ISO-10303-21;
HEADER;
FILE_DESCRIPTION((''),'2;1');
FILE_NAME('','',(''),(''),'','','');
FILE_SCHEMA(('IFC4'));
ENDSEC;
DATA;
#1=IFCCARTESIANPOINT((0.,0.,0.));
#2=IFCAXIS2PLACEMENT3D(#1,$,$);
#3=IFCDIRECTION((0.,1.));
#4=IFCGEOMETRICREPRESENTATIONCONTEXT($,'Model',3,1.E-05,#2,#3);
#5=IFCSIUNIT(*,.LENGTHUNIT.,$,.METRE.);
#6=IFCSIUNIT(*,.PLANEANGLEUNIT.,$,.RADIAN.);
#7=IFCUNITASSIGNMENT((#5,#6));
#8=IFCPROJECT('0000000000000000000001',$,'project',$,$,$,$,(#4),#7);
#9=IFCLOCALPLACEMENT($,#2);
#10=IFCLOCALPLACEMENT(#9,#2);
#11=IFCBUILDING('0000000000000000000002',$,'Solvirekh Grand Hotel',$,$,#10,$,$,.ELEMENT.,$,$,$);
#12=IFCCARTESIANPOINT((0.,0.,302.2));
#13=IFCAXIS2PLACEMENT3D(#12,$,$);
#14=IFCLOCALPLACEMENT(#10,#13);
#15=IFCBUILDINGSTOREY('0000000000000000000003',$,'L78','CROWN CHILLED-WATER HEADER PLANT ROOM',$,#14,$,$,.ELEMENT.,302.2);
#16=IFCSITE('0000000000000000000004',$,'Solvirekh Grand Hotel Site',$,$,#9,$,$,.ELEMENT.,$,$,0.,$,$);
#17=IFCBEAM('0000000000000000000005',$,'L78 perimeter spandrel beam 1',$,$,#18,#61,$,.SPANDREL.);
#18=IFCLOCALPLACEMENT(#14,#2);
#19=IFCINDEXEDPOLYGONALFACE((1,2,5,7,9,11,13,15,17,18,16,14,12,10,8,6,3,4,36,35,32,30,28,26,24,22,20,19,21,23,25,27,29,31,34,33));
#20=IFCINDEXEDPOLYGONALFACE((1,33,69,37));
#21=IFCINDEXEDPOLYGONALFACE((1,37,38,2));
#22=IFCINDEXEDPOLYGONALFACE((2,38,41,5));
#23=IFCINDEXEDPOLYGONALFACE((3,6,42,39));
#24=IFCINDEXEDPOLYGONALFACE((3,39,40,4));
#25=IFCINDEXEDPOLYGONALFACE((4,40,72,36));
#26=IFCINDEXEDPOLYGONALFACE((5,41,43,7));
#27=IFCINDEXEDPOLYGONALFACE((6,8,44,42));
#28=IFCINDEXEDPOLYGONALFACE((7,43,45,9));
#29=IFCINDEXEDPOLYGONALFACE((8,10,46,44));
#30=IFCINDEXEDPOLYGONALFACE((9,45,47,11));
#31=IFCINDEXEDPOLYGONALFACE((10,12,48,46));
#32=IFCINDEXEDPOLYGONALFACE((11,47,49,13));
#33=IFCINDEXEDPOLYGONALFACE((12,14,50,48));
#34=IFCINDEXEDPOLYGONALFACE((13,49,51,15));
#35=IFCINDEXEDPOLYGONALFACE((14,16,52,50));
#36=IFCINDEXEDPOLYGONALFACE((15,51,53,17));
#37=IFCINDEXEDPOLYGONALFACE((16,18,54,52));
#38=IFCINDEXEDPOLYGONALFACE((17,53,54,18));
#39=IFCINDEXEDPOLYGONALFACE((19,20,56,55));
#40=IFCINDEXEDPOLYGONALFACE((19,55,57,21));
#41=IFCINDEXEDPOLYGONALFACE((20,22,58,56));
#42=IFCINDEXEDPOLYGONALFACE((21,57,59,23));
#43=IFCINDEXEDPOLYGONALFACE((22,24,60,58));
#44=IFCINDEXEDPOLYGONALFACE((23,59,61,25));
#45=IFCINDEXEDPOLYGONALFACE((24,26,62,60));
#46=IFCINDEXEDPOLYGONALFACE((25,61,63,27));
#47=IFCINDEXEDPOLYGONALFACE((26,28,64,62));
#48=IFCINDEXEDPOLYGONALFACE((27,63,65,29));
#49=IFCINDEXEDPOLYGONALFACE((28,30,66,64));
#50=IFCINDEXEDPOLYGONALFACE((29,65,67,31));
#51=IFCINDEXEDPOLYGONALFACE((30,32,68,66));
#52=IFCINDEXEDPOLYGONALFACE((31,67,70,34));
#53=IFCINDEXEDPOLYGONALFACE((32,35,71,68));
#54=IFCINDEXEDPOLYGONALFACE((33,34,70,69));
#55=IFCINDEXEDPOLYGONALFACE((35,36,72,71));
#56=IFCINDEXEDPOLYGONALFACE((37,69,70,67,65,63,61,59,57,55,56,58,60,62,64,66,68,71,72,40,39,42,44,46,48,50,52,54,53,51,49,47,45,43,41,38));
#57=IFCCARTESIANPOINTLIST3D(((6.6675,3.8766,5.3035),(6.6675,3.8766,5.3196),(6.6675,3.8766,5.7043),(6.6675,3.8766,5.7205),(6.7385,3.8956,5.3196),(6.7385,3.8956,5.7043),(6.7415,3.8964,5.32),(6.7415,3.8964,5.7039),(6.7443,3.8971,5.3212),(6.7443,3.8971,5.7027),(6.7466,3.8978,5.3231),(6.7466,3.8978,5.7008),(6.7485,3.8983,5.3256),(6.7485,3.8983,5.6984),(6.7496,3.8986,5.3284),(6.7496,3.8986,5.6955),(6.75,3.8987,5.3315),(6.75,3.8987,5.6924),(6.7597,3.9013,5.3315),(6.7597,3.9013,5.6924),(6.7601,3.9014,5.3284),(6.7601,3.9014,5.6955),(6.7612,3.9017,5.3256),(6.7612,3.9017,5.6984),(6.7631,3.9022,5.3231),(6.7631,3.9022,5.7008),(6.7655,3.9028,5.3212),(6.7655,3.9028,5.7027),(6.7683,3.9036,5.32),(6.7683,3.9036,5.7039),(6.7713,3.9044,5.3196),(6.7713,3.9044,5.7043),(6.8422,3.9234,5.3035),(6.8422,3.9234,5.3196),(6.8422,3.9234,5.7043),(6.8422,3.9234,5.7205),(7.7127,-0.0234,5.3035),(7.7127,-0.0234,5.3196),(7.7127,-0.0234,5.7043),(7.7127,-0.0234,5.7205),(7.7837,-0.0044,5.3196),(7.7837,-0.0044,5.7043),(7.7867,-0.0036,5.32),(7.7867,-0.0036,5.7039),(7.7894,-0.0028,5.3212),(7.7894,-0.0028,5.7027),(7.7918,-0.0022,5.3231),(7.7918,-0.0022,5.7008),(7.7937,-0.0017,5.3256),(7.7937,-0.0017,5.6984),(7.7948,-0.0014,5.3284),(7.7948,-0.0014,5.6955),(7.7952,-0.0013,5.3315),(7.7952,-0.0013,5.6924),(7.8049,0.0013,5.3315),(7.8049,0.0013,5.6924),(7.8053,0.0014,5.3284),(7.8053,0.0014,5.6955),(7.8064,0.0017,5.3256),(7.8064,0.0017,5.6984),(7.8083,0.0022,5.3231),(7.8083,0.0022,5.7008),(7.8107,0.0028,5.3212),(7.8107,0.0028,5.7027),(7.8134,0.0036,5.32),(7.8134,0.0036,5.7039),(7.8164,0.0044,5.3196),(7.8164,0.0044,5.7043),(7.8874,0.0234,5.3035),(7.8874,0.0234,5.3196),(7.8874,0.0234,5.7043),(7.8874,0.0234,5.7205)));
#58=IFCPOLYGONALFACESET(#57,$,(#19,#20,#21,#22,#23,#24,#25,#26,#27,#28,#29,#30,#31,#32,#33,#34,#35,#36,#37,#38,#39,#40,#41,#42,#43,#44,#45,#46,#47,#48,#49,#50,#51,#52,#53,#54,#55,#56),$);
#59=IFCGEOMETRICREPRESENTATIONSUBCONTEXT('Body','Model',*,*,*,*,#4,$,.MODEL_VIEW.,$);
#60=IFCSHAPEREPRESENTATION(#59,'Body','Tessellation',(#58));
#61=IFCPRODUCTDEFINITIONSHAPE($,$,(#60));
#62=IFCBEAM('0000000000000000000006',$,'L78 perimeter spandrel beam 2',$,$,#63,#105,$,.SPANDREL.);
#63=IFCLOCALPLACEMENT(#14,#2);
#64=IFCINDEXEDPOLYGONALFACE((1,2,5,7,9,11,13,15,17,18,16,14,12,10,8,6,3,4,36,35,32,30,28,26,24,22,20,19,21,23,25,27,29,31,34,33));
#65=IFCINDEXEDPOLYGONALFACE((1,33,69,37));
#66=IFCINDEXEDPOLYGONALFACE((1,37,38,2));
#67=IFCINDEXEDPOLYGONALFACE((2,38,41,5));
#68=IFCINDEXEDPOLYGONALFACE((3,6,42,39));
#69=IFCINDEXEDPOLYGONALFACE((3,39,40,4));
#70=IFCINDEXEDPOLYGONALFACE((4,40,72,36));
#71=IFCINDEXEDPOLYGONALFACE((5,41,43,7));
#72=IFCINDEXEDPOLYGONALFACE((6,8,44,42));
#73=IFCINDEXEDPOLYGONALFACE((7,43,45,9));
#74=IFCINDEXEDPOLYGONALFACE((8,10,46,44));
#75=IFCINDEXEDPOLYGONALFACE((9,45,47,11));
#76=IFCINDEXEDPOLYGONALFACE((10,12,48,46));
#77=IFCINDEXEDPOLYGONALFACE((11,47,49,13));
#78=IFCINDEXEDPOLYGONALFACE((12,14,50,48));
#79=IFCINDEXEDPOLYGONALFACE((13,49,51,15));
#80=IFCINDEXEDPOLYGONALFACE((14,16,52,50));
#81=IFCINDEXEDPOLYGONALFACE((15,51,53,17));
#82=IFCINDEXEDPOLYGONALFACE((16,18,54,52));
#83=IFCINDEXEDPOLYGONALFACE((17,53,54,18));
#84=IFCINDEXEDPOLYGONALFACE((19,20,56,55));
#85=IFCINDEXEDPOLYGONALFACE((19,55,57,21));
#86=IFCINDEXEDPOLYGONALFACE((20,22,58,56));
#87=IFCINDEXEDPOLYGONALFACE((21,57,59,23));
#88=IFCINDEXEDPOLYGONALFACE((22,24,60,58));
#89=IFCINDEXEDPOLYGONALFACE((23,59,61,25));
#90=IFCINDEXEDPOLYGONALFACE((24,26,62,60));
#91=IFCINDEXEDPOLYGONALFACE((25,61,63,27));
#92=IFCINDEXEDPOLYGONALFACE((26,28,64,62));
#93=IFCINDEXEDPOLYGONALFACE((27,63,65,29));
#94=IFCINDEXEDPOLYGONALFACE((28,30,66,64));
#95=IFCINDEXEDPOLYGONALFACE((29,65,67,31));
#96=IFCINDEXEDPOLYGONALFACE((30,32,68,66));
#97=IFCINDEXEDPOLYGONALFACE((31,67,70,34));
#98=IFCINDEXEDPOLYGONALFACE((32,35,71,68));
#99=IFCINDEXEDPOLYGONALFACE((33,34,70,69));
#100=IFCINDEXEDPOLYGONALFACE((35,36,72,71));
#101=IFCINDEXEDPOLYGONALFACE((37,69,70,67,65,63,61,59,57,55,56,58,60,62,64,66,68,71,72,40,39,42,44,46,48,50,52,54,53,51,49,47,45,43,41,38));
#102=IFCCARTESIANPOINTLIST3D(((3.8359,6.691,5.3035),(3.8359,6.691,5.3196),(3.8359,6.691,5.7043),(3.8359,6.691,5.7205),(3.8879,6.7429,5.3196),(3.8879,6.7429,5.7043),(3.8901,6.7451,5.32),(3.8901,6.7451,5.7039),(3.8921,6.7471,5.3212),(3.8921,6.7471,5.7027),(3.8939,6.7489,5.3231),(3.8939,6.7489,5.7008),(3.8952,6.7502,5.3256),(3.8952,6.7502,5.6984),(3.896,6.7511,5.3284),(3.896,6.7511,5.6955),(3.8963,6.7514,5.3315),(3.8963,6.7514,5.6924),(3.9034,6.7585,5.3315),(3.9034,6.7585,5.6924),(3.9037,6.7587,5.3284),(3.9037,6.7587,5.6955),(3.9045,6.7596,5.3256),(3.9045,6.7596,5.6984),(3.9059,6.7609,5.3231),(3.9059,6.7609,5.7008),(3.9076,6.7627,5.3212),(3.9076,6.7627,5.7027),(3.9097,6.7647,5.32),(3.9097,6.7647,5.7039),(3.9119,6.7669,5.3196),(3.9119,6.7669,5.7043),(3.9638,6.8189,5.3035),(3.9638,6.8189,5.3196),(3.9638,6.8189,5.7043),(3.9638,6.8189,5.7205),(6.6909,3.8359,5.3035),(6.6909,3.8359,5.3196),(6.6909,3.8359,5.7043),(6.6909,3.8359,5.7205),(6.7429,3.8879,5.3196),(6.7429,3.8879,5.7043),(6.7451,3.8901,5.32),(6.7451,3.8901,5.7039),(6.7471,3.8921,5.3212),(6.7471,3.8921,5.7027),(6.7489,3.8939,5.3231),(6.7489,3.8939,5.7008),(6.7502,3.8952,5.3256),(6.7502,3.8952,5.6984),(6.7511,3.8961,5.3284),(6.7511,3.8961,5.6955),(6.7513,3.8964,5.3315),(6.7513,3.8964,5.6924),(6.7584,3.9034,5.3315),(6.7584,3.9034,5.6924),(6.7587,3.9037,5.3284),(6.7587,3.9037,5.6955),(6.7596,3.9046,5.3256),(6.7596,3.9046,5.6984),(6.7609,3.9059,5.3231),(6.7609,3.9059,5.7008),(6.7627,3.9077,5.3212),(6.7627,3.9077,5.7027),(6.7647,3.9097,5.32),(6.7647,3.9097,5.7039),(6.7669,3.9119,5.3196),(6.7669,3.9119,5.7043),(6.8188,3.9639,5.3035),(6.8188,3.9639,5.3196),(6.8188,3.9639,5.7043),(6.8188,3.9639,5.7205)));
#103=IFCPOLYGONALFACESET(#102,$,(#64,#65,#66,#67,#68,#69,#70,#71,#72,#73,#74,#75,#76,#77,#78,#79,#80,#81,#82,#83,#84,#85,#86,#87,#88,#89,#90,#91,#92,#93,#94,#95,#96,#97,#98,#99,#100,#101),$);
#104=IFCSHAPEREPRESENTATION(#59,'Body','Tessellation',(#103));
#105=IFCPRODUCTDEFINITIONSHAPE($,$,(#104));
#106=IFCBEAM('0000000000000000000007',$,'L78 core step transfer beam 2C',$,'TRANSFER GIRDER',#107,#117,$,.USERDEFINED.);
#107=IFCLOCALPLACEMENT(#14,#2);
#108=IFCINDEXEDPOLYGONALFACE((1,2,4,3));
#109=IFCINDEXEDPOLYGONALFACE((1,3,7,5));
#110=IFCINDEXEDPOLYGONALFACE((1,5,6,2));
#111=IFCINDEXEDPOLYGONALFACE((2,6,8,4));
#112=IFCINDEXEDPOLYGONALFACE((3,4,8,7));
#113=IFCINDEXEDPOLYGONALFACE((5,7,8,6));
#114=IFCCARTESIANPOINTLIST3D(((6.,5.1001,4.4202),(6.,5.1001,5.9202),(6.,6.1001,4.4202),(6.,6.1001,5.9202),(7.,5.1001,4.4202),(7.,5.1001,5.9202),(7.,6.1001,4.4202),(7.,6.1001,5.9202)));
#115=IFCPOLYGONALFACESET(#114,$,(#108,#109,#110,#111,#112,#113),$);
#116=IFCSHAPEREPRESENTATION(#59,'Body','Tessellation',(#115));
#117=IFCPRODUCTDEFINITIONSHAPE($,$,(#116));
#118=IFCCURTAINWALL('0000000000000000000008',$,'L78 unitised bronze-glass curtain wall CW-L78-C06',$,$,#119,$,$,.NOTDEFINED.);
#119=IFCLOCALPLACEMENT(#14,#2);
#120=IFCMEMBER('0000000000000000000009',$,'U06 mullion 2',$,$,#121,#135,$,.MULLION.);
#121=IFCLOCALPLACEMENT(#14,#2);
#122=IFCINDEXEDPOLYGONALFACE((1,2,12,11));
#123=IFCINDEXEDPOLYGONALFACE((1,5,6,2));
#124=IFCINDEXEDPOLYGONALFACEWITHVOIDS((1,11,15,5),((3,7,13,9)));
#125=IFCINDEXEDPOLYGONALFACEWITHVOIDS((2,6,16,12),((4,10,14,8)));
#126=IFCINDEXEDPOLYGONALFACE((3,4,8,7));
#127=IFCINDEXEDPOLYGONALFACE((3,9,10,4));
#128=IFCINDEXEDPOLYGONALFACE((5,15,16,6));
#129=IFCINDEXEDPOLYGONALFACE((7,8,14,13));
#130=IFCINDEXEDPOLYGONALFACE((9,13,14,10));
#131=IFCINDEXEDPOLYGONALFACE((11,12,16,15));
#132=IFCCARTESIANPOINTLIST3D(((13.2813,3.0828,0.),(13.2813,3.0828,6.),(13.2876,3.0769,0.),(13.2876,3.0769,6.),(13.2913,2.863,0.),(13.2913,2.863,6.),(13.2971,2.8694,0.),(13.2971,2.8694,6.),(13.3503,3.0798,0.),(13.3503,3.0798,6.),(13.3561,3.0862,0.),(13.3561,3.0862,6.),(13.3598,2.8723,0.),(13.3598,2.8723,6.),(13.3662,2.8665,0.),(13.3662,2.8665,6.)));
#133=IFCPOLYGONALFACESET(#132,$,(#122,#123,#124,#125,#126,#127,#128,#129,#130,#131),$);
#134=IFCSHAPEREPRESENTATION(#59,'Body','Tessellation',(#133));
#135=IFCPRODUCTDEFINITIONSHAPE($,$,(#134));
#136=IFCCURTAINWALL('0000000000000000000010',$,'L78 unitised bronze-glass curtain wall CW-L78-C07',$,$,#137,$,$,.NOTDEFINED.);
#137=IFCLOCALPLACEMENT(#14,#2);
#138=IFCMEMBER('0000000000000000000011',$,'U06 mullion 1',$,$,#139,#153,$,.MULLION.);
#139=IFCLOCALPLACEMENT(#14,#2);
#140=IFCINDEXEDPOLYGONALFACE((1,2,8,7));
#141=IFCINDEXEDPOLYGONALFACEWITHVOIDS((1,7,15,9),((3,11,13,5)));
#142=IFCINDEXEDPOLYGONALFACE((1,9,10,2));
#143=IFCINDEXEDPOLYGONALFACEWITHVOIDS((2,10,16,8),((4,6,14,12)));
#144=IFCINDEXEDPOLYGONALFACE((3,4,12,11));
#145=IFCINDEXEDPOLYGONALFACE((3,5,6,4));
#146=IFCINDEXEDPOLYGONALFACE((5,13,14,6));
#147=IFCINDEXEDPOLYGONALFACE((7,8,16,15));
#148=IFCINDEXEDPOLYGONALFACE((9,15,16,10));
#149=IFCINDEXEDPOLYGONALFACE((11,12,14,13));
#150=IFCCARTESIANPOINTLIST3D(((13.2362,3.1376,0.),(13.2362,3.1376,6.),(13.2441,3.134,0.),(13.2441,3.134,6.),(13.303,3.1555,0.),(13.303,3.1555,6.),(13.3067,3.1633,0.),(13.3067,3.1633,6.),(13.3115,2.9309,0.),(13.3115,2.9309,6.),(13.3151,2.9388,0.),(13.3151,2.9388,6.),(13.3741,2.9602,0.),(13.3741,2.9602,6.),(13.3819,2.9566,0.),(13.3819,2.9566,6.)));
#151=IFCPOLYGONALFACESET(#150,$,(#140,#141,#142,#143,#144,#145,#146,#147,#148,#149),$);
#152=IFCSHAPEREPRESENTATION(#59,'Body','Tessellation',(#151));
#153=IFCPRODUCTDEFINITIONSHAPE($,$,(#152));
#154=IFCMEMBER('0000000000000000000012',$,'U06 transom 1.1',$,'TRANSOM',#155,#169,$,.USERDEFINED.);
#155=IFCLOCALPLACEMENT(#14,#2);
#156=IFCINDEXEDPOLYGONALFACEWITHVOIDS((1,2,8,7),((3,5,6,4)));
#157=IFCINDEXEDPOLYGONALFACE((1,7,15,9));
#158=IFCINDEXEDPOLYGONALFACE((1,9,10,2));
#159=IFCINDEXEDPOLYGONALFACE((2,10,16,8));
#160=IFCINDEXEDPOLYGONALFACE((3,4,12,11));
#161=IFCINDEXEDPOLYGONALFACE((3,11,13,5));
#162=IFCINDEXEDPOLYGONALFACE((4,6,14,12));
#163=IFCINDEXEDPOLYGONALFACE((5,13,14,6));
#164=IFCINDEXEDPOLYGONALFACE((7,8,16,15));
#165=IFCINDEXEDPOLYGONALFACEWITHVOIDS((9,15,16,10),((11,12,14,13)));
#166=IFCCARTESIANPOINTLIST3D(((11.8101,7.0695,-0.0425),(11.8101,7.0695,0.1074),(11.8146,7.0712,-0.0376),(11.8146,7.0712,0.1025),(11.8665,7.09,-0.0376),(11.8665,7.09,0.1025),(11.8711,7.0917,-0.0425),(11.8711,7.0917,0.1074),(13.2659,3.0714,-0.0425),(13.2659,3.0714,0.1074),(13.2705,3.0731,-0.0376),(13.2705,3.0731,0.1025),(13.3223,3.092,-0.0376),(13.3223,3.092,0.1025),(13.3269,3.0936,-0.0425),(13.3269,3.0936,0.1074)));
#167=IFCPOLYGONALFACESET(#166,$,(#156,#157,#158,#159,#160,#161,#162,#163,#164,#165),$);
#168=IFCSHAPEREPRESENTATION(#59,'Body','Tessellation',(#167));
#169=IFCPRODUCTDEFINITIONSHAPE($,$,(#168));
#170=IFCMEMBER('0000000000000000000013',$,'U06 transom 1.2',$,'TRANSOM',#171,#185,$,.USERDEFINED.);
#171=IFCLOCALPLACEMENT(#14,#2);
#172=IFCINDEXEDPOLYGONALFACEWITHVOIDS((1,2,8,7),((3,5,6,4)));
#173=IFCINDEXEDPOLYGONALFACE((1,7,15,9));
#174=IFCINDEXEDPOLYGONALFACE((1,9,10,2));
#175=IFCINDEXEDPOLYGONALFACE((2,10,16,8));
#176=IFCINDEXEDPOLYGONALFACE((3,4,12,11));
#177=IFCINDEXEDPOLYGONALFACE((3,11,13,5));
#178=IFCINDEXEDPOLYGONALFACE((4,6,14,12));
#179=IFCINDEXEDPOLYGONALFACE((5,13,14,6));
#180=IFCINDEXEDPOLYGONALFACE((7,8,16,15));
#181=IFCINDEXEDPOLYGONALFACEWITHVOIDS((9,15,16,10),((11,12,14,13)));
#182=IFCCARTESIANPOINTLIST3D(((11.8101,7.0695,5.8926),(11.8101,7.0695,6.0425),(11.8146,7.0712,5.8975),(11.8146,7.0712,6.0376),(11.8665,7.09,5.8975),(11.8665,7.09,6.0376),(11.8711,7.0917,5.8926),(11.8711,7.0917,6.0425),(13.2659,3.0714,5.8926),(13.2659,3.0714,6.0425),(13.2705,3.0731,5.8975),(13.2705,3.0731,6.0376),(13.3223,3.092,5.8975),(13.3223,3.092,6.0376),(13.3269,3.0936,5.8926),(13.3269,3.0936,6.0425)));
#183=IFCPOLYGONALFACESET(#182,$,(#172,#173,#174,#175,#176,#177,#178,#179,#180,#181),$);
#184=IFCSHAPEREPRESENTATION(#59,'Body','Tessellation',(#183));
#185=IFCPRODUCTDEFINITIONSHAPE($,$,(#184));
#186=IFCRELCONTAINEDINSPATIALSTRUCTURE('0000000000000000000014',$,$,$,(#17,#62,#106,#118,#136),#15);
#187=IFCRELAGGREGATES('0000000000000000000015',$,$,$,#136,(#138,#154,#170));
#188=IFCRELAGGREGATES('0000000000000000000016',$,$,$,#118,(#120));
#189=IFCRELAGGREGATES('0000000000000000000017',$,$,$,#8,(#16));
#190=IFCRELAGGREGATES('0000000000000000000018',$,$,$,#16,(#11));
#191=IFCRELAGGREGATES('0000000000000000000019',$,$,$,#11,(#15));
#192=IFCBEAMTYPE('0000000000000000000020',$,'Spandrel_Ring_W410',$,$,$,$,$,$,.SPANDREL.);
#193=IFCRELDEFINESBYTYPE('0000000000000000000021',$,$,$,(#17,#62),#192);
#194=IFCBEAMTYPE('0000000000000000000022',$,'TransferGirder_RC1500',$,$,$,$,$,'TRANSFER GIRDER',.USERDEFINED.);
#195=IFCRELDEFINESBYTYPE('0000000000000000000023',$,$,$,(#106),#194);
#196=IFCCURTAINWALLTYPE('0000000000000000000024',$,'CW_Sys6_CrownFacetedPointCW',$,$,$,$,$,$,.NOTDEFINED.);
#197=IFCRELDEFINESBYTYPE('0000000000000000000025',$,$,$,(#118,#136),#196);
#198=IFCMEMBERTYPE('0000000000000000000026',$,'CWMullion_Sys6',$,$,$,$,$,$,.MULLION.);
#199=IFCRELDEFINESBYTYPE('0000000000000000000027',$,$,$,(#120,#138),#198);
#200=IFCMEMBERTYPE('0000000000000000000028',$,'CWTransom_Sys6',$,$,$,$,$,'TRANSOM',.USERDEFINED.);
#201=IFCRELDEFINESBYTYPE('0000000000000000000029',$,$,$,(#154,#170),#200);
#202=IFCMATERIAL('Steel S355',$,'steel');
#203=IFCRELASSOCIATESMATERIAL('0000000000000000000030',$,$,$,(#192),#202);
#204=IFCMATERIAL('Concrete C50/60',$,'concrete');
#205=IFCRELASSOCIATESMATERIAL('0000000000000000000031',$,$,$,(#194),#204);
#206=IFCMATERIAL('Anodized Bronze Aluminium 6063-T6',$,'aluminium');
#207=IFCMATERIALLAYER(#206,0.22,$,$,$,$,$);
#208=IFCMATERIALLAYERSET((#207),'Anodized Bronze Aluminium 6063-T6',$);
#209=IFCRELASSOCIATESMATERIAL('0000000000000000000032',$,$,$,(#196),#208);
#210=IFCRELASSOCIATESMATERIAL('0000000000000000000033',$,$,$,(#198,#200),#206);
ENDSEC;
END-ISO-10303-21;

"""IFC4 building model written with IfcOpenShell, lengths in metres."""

from ifc_helpers import new_model, si_unit, direction, frame, origin, origin_2d, place, context, subcontext, project, spatial, rectangle, hollow_rectangle, i_section, extrude, source, transform, mapped, material, layer, layer_set, material_profile, profile_set, type_object, element, aggregate, save


model = new_model("IFC4")

# Units and contexts
model_context = context("Model", 3, precision=1e-05, world=origin(), true_north=direction((0.0, 1.0)))
body_context = subcontext(model_context, "Body", "Model", "MODEL_VIEW")
ifc_project = project(units=[si_unit("LENGTHUNIT", "METRE"), si_unit("PLANEANGLEUNIT", "RADIAN")], contexts=[model_context])

# Site, building, storey
site_placement = place(None, origin())
site = spatial("IfcSite", under=ifc_project, at=site_placement, Name="Solvirekh Grand Hotel Site", CompositionType="ELEMENT", RefElevation=0.0)
building_placement = place(site_placement, origin())
building = spatial("IfcBuilding", under=site, at=building_placement, Name="Solvirekh Grand Hotel", CompositionType="ELEMENT")
storey_placement = place(building_placement, frame((0.0, 0.0, 302.2)))
storey = spatial("IfcBuildingStorey", under=building, at=storey_placement, Name="L78", Description="CROWN CHILLED-WATER HEADER PLANT ROOM", CompositionType="ELEMENT", Elevation=302.2)

# Beams
ifc_material_1 = material(Name="Steel S355", Category="steel")
ifc_material_profile_1 = material_profile(ifc_material_1, i_section(OverallWidth=0.1809, OverallDepth=0.417, WebThickness=0.01, FlangeThickness=0.0161, FilletRadius=0.012, at=origin_2d()), Name="W410X85")
ifc_profile_set_1 = profile_set([ifc_material_profile_1], Name="Steel S355")
beam_type_1 = type_object("IfcBeamType", Name="Spandrel_Ring_W410", PredefinedType="SPANDREL", material=ifc_profile_set_1)
for number, where, z_axis, x_axis, name in (
    (1, (7.8, 0.0, 5.512), (-0.258863, 0.965914, 0.0), (-0.965914, -0.258863, 0.0), "L78 perimeter spandrel beam 1"),
    (2, (6.7549, 3.8999, 5.512), (-0.707107, 0.707107, 0.0), (-0.707107, -0.707107, 0.0), "L78 perimeter spandrel beam 2"),
):
    element("IfcBeam", number, at=place(storey_placement, frame(where, z_axis=z_axis, x_axis=x_axis)), inside=storey, type_object=beam_type_1, Name=name, PredefinedType="SPANDREL", context=body_context, shape_type="SweptSolid", body=[
        extrude(i_section(OverallWidth=0.1809, OverallDepth=0.417, WebThickness=0.01, FlangeThickness=0.0161, FilletRadius=0.012, at=origin_2d()), origin(), (0.0, 0.0, 1.0), 4.0376),
    ])
ifc_material_2 = material(Name="Concrete C50/60", Category="concrete")
ifc_material_profile_2 = material_profile(ifc_material_2, rectangle(XDim=1.0, YDim=1.5, at=origin_2d()), Name="RC GIRDER 1000X1500")
ifc_profile_set_2 = profile_set([ifc_material_profile_2], Name="Concrete C50/60")
beam_type_2 = type_object("IfcBeamType", Name="TransferGirder_RC1500", ElementType="TRANSFER GIRDER", PredefinedType="USERDEFINED", material=ifc_profile_set_2)
beam_1_placement = place(storey_placement, frame((6.5, 5.1001, 5.1702), z_axis=(0.0, 1.0, 0.0), x_axis=(-1.0, 0.0, 0.0)))
element("IfcBeam", 3, at=beam_1_placement, inside=storey, type_object=beam_type_2, Name="L78 core step transfer beam 2C", ObjectType="TRANSFER GIRDER", PredefinedType="USERDEFINED", context=body_context, shape_type="SweptSolid", body=[
    extrude(rectangle(XDim=1.0, YDim=1.5, at=origin_2d()), origin(), (0.0, 0.0, 1.0), 1.0),
])

# Curtain wall, member
ifc_material_3 = material(Name="Anodized Bronze Aluminium 6063-T6", Category="aluminium")
ifc_layer_1 = layer(ifc_material_3, 0.22)
ifc_layer_set_1 = layer_set([ifc_layer_1], Name="Anodized Bronze Aluminium 6063-T6")
curtain_wall_type = type_object("IfcCurtainWallType", Name="CW_Sys6_CrownFacetedPointCW", PredefinedType="NOTDEFINED", material=ifc_layer_set_1)
curtain_wall_1_placement = place(storey_placement, origin())
curtain_wall_1 = element("IfcCurtainWall", 4, at=curtain_wall_1_placement, inside=storey, type_object=curtain_wall_type, Name="L78 unitised bronze-glass curtain wall CW-L78-C06", PredefinedType="NOTDEFINED")
ifc_material_profile_3 = material_profile(ifc_material_3, hollow_rectangle(XDim=0.075, YDim=0.22, WallThickness=0.0061, at=origin_2d()), Name="ALU RHS 220X75X6")
ifc_profile_set_3 = profile_set([ifc_material_profile_3], Name="Anodized Bronze Aluminium 6063-T6")
member_type_1 = type_object("IfcMemberType", Name="CWMullion_Sys6", PredefinedType="MULLION", material=ifc_profile_set_3)
shared_shape_1 = source(origin(), body_context, "Body", "SweptSolid", [
    extrude(hollow_rectangle(XDim=0.075, YDim=0.22, WallThickness=0.0061, at=origin_2d()), origin(), (0.0, 0.0, 1.0), 6.0),
])
member_1_placement = place(storey_placement, frame((13.3237, 2.9746, 0.0), z_axis=(0.0, 0.0, 1.0), x_axis=(-0.998954, -0.045735, 0.0)))
member_1 = element("IfcMember", 5, at=member_1_placement, type_object=member_type_1, Name="U06 mullion 2", PredefinedType="MULLION", context=body_context, shape_type="MappedRepresentation", body=[
    mapped(shared_shape_1, transform((0.0, 0.0, 0.0), x_axis=(1.0, 0.0, 0.0), y_axis=(0.0, 1.0, 0.0), z_axis=(0.0, 0.0, 1.0), scale=1.0)),
])

# Curtain wall, members
curtain_wall_2_placement = place(storey_placement, origin())
curtain_wall_2 = element("IfcCurtainWall", 6, at=curtain_wall_2_placement, inside=storey, type_object=curtain_wall_type, Name="L78 unitised bronze-glass curtain wall CW-L78-C07", PredefinedType="NOTDEFINED")
member_2_placement = place(storey_placement, frame((13.3091, 3.0471, 0.0), z_axis=(0.0, 0.0, 1.0), x_axis=(-0.939654, -0.342126, 0.0)))
member_2 = element("IfcMember", 7, at=member_2_placement, type_object=member_type_1, Name="U06 mullion 1", PredefinedType="MULLION", context=body_context, shape_type="MappedRepresentation", body=[
    mapped(shared_shape_1, transform((0.0, 0.0, 0.0), x_axis=(1.0, 0.0, 0.0), y_axis=(0.0, 1.0, 0.0), z_axis=(0.0, 0.0, 1.0), scale=1.0)),
])
ifc_material_profile_4 = material_profile(ifc_material_3, hollow_rectangle(XDim=0.0649, YDim=0.1499, WallThickness=0.0049, at=origin_2d()), Name="ALU RHS 150X65X5")
ifc_profile_set_4 = profile_set([ifc_material_profile_4], Name="Anodized Bronze Aluminium 6063-T6")
member_type_2 = type_object("IfcMemberType", Name="CWTransom_Sys6", ElementType="TRANSOM", PredefinedType="USERDEFINED", material=ifc_profile_set_4)
shared_shape_2 = source(origin(), body_context, "Body", "SweptSolid", [
    extrude(hollow_rectangle(XDim=0.0649, YDim=0.1499, WallThickness=0.0049, at=origin_2d()), origin(), (0.0, 0.0, 1.0), 4.2549),
])
member_3_placement = place(storey_placement, frame((13.2964, 3.0825, 0.0325), z_axis=(-0.342153, 0.939644, 0.0), x_axis=(-0.939644, -0.342153, 0.0)))
member_3 = element("IfcMember", 8, at=member_3_placement, type_object=member_type_2, Name="U06 transom 1.1", ObjectType="TRANSOM", PredefinedType="USERDEFINED", context=body_context, shape_type="MappedRepresentation", body=[
    mapped(shared_shape_2, transform((0.0, 0.0, 0.0), x_axis=(1.0, 0.0, 0.0), y_axis=(0.0, 1.0, 0.0), z_axis=(0.0, 0.0, 1.0), scale=1.0)),
])
member_4_placement = place(storey_placement, frame((13.2964, 3.0825, 5.9675), z_axis=(-0.342153, 0.939644, 0.0), x_axis=(-0.939644, -0.342153, 0.0)))
member_4 = element("IfcMember", 9, at=member_4_placement, type_object=member_type_2, Name="U06 transom 1.2", ObjectType="TRANSOM", PredefinedType="USERDEFINED", context=body_context, shape_type="MappedRepresentation", body=[
    mapped(shared_shape_2, transform((0.0, 0.0, 0.0), x_axis=(1.0, 0.0, 0.0), y_axis=(0.0, 1.0, 0.0), z_axis=(0.0, 0.0, 1.0), scale=1.0)),
])

aggregate(curtain_wall_2, [member_2, member_3, member_4])
aggregate(curtain_wall_1, [member_1])

save(model, "model.ifc")
